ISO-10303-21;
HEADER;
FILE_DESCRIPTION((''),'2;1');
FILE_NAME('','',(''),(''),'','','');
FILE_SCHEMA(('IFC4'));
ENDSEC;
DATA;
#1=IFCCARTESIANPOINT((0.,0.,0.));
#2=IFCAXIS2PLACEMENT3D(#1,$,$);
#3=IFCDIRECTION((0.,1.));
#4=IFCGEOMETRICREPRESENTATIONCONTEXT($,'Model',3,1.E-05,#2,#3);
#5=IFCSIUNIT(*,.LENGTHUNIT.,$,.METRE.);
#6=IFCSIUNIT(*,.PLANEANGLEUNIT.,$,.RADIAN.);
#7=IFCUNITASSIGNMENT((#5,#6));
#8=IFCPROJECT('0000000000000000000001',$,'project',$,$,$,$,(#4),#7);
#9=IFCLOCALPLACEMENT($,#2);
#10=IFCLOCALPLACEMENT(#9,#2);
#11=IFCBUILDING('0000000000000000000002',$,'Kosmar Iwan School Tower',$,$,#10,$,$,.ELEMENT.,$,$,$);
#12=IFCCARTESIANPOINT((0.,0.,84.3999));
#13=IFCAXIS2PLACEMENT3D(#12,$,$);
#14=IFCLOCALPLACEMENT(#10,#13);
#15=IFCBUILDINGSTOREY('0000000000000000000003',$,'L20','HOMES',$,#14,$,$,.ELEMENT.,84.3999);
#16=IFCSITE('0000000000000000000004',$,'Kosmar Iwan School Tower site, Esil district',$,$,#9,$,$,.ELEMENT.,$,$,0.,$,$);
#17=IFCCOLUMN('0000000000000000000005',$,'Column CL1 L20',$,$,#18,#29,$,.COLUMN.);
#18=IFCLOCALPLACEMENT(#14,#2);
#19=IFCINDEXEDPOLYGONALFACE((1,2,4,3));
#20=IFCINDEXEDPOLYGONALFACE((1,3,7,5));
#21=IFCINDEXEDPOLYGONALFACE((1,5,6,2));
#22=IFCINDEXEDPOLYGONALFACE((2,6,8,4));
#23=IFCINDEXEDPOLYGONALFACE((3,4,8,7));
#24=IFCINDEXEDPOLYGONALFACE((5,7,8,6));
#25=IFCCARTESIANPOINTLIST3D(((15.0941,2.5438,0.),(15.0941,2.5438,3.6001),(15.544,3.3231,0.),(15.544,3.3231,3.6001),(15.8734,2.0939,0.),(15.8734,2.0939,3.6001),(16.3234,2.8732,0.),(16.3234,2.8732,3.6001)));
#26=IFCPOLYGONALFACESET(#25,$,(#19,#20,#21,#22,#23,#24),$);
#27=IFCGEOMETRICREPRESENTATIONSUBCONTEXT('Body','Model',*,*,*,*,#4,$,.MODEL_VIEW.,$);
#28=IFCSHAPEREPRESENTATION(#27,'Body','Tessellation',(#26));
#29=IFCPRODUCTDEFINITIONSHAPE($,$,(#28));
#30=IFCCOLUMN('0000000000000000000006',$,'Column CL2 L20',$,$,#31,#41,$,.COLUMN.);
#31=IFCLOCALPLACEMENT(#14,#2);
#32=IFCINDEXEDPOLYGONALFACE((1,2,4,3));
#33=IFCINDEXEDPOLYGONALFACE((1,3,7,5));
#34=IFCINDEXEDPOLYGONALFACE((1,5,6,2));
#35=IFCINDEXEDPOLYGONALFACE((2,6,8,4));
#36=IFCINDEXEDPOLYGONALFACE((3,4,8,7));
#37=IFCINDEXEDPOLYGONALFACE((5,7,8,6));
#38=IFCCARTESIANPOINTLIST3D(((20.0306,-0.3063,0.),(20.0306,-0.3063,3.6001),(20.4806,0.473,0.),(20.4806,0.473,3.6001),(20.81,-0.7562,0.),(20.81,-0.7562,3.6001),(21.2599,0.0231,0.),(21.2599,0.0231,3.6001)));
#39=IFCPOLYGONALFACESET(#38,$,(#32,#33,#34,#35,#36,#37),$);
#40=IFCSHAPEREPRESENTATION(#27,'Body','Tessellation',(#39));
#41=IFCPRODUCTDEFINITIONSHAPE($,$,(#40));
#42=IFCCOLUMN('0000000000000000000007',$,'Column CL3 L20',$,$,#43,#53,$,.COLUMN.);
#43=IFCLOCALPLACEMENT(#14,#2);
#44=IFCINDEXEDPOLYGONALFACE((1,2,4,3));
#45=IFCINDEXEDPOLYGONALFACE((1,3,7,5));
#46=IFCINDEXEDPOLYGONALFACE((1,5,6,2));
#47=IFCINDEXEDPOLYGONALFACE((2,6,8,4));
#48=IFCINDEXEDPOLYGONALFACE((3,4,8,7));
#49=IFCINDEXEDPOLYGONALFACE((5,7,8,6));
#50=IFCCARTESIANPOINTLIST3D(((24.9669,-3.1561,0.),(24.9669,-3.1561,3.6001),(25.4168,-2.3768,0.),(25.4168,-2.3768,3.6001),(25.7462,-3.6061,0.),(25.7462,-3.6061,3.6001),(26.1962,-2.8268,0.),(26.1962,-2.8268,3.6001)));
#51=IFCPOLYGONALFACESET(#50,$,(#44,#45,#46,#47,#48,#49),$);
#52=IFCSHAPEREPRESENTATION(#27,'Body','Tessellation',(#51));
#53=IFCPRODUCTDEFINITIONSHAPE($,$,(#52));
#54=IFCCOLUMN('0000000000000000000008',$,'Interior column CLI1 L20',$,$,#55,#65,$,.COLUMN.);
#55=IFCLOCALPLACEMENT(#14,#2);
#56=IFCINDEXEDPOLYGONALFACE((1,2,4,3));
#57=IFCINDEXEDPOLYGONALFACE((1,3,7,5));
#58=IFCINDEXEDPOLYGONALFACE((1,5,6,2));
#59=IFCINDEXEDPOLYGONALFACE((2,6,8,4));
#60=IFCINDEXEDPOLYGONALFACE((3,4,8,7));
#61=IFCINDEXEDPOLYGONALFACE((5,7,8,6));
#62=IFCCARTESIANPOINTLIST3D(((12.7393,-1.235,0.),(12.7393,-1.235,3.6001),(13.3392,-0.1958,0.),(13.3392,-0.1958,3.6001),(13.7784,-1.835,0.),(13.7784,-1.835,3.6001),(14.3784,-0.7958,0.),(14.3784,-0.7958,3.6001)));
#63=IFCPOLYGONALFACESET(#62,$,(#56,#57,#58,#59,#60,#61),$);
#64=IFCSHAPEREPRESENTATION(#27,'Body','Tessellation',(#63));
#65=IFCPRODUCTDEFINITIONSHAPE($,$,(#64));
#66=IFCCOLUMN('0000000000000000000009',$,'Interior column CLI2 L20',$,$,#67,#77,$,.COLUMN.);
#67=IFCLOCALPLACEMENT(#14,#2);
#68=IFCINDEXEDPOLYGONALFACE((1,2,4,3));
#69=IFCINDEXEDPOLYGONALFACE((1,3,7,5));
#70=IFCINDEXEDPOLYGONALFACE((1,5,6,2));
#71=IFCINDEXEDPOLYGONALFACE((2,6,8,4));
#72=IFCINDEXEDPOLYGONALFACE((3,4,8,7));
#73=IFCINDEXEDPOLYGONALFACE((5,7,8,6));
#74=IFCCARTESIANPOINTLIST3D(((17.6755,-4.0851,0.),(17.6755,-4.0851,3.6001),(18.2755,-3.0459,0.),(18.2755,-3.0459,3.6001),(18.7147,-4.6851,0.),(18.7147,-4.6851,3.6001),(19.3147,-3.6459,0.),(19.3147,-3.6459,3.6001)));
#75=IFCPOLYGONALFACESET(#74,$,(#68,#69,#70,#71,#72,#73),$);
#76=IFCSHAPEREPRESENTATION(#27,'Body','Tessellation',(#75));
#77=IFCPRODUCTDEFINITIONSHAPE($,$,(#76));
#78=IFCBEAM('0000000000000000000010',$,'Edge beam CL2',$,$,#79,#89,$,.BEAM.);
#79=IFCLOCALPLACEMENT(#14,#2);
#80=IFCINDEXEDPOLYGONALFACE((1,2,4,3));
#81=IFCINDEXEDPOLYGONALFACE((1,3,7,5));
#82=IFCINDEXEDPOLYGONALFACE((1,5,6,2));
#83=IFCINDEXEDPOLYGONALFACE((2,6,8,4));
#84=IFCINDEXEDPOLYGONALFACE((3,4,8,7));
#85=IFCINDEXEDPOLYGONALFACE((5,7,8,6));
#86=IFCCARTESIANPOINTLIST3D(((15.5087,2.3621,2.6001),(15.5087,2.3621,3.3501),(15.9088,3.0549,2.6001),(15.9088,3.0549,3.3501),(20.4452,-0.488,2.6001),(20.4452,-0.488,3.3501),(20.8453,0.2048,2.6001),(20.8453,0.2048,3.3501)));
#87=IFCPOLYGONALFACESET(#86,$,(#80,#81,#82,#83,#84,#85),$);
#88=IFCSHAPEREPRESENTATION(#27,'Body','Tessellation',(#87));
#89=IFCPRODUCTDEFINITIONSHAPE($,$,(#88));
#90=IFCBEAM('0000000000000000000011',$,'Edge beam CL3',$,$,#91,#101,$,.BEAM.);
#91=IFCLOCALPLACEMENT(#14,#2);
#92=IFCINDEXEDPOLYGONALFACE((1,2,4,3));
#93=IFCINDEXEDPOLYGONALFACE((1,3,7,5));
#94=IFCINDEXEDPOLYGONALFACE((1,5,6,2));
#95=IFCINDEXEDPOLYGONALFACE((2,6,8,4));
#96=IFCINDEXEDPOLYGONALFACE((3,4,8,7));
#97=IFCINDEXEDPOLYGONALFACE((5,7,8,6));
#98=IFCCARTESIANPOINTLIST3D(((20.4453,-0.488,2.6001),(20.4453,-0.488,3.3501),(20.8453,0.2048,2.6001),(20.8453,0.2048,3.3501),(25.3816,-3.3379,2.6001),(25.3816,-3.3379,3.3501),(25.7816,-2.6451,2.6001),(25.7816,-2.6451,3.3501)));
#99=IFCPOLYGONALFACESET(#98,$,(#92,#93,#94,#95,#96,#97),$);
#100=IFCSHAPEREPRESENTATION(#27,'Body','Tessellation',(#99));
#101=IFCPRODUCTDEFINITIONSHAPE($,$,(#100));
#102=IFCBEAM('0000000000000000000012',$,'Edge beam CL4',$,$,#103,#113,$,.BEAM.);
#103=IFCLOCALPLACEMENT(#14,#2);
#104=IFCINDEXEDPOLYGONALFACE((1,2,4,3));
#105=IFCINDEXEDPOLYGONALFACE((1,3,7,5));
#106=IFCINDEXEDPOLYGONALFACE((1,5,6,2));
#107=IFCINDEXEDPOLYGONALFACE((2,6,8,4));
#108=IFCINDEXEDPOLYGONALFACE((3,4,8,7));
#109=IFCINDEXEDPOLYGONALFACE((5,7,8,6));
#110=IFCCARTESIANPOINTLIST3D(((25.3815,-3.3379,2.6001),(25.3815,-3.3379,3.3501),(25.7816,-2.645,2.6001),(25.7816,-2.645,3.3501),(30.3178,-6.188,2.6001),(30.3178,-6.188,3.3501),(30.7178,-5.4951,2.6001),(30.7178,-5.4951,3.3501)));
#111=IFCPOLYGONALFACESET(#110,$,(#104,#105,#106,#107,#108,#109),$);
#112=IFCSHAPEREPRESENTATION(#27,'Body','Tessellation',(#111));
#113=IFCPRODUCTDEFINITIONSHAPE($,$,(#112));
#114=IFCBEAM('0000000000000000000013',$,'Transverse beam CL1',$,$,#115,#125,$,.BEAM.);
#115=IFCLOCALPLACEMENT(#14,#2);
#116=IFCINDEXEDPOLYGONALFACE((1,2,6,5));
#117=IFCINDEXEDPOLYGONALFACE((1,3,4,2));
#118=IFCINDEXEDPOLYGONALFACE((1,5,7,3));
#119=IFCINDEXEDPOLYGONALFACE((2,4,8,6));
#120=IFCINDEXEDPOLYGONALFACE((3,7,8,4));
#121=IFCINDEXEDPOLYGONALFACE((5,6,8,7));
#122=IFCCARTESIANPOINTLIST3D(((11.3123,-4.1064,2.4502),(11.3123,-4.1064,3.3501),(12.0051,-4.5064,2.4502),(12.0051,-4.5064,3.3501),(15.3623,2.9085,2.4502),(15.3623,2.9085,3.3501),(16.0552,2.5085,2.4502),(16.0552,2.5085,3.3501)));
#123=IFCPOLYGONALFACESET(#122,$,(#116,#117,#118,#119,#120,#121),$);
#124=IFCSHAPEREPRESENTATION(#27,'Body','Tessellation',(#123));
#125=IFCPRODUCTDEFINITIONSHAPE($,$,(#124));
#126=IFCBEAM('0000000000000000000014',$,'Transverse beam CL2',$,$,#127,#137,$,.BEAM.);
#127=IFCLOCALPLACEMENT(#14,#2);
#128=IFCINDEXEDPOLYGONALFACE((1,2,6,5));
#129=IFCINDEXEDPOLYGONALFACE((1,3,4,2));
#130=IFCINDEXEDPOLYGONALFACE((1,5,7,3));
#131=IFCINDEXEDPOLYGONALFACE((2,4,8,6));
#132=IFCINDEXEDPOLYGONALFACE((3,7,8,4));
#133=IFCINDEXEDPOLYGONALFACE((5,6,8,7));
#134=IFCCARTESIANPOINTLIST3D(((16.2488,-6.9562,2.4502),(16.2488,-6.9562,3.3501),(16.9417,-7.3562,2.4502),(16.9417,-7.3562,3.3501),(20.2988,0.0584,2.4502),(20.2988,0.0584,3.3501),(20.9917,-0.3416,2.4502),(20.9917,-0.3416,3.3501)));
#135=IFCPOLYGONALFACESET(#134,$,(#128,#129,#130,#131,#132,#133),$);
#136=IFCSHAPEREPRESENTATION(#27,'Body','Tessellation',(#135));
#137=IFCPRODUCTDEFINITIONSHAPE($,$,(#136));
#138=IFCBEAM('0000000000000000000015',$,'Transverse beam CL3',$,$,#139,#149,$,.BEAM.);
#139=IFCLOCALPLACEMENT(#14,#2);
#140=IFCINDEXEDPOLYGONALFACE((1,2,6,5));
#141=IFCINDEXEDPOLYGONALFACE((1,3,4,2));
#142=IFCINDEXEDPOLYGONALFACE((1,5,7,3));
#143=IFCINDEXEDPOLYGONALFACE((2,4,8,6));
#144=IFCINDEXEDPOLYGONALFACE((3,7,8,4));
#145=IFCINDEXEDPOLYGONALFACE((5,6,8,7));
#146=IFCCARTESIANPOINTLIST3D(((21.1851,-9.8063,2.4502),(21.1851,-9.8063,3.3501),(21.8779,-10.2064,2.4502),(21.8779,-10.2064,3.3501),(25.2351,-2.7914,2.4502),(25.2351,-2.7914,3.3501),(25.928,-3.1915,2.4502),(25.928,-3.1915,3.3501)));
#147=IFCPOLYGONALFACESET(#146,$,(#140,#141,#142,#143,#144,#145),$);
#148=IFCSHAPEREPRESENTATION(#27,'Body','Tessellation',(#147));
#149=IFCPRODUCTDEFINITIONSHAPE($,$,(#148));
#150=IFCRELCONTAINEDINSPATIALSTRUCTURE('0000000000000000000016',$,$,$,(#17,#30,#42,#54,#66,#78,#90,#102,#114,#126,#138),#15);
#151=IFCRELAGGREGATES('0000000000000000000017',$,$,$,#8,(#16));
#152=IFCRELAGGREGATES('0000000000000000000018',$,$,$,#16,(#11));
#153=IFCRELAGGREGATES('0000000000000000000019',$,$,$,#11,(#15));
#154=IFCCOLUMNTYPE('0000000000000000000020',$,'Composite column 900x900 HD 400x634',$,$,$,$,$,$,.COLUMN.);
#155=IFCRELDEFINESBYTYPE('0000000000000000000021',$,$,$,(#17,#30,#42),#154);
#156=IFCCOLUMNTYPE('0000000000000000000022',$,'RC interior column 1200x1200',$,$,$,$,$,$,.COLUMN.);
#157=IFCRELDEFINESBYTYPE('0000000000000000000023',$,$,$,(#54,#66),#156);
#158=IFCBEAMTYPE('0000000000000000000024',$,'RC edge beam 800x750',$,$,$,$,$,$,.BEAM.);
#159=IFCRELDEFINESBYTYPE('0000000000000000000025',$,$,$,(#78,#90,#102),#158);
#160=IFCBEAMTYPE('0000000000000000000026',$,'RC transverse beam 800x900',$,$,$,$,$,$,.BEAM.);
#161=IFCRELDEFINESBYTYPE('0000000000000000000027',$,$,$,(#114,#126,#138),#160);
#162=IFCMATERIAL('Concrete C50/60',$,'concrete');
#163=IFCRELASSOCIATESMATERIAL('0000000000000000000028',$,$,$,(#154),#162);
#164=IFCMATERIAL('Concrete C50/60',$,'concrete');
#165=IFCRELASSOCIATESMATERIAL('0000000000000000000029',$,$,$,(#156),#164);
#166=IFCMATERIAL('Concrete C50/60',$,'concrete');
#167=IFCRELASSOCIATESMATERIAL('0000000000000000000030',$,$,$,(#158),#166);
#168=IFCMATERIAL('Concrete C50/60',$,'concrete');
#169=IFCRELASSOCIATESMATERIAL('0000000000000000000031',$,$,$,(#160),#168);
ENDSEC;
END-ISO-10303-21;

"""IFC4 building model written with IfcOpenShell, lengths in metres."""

from ifc_helpers import new_model, si_unit, direction, frame, origin, origin_2d, place, context, subcontext, project, spatial, rectangle, extrude, material, material_profile, profile_set, type_object, element, save


model = new_model("IFC4")

# Units and contexts
model_context = context("Model", 3, precision=1e-05, world=origin(), true_north=direction((0.0, 1.0)))
body_context = subcontext(model_context, "Body", "Model", "MODEL_VIEW")
ifc_project = project(units=[si_unit("LENGTHUNIT", "METRE"), si_unit("PLANEANGLEUNIT", "RADIAN")], contexts=[model_context])

# Site, building, storey
site_placement = place(None, origin())
site = spatial("IfcSite", under=ifc_project, at=site_placement, Name="Kosmar Iwan School Tower site, Esil district", CompositionType="ELEMENT", RefElevation=0.0)
building_placement = place(site_placement, origin())
building = spatial("IfcBuilding", under=site, at=building_placement, Name="Kosmar Iwan School Tower", CompositionType="ELEMENT")
storey_placement = place(building_placement, frame((0.0, 0.0, 84.3999)))
storey = spatial("IfcBuildingStorey", under=building, at=storey_placement, Name="L20", Description="HOMES", CompositionType="ELEMENT", Elevation=84.3999)

# Columns
ifc_material_1 = material(Name="Concrete C50/60", Category="concrete")
ifc_material_profile_1 = material_profile(ifc_material_1, rectangle(XDim=0.8999, YDim=0.8999, at=origin_2d()), Name="RC 900x900 + HD 400x634")
ifc_profile_set_1 = profile_set([ifc_material_profile_1], Name="Concrete C50/60")
column_type_1 = type_object("IfcColumnType", Name="Composite column 900x900 HD 400x634", PredefinedType="COLUMN", material=ifc_profile_set_1)
for number, where, z_axis, x_axis, name in (
    (1, (15.7087, 2.7085, 0.0), (0.0, 0.0, 1.0), (0.866025, -0.5, 0.0), "Column CL1 L20"),
    (2, (20.6453, -0.1416, 0.0), (0.0, 0.0, 1.0), (0.866025, -0.5, 0.0), "Column CL2 L20"),
    (3, (25.5815, -2.9915, 0.0), (0.0, 0.0, 1.0), (0.866025, -0.5, 0.0), "Column CL3 L20"),
):
    element("IfcColumn", number, at=place(storey_placement, frame(where, z_axis=z_axis, x_axis=x_axis)), inside=storey, type_object=column_type_1, Name=name, PredefinedType="COLUMN", context=body_context, shape_type="SweptSolid", body=[
        extrude(rectangle(XDim=0.8999, YDim=0.8999, at=origin_2d()), origin(), (0.0, 0.0, 1.0), 3.6001),
    ])
ifc_material_2 = material(Name="Concrete C50/60", Category="concrete")
ifc_material_profile_2 = material_profile(ifc_material_2, rectangle(XDim=1.2, YDim=1.2, at=origin_2d()), Name="RC 1200x1200")
ifc_profile_set_2 = profile_set([ifc_material_profile_2], Name="Concrete C50/60")
column_type_2 = type_object("IfcColumnType", Name="RC interior column 1200x1200", PredefinedType="COLUMN", material=ifc_profile_set_2)
for number, where, z_axis, x_axis, name in (
    (4, (13.5588, -1.0154, 0.0), (0.0, 0.0, 1.0), (0.866025, -0.5, 0.0), "Interior column CLI1 L20"),
    (5, (18.4951, -3.8655, 0.0), (0.0, 0.0, 1.0), (0.866025, -0.5, 0.0), "Interior column CLI2 L20"),
):
    element("IfcColumn", number, at=place(storey_placement, frame(where, z_axis=z_axis, x_axis=x_axis)), inside=storey, type_object=column_type_2, Name=name, PredefinedType="COLUMN", context=body_context, shape_type="SweptSolid", body=[
        extrude(rectangle(XDim=1.2, YDim=1.2, at=origin_2d()), origin(), (0.0, 0.0, 1.0), 3.6001),
    ])

# Beams
ifc_material_3 = material(Name="Concrete C50/60", Category="concrete")
ifc_material_profile_3 = material_profile(ifc_material_3, rectangle(XDim=0.8, YDim=0.75, at=origin_2d()), Name="RC 800x750")
ifc_profile_set_3 = profile_set([ifc_material_profile_3], Name="Concrete C50/60")
beam_type_1 = type_object("IfcBeamType", Name="RC edge beam 800x750", PredefinedType="BEAM", material=ifc_profile_set_3)
beam_1_placement = place(storey_placement, frame((15.7087, 2.7085, 2.9751), z_axis=(0.866026, -0.499999, 0.0), x_axis=(0.499999, 0.866026, 0.0)))
element("IfcBeam", 6, at=beam_1_placement, inside=storey, type_object=beam_type_1, Name="Edge beam CL2", PredefinedType="BEAM", context=body_context, shape_type="SweptSolid", body=[
    extrude(rectangle(XDim=0.8, YDim=0.75, at=origin_2d()), origin(), (0.0, 0.0, 1.0), 5.7002),
])
for number, where, z_axis, x_axis, name in (
    (7, (20.6453, -0.1416, 2.9751), (0.866034, -0.499986, 0.0), (0.499986, 0.866034, 0.0), "Edge beam CL3"),
    (8, (25.5815, -2.9915, 2.9751), (0.866015, -0.500018, 0.0), (0.500018, 0.866015, 0.0), "Edge beam CL4"),
):
    element("IfcBeam", number, at=place(storey_placement, frame(where, z_axis=z_axis, x_axis=x_axis)), inside=storey, type_object=beam_type_1, Name=name, PredefinedType="BEAM", context=body_context, shape_type="SweptSolid", body=[
        extrude(rectangle(XDim=0.8, YDim=0.75, at=origin_2d()), origin(), (0.0, 0.0, 1.0), 5.7),
    ])
ifc_material_4 = material(Name="Concrete C50/60", Category="concrete")
ifc_material_profile_4 = material_profile(ifc_material_4, rectangle(XDim=0.8, YDim=0.8999, at=origin_2d()), Name="RC 800x900")
ifc_profile_set_4 = profile_set([ifc_material_profile_4], Name="Concrete C50/60")
beam_type_2 = type_object("IfcBeamType", Name="RC transverse beam 800x900", PredefinedType="BEAM", material=ifc_profile_set_4)
beam_2_placement = place(storey_placement, frame((15.7087, 2.7085, 2.9001), z_axis=(-0.5, -0.866025, 0.0), x_axis=(0.866025, -0.5, 0.0)))
element("IfcBeam", 9, at=beam_2_placement, inside=storey, type_object=beam_type_2, Name="Transverse beam CL1", PredefinedType="BEAM", context=body_context, shape_type="SweptSolid", body=[
    extrude(rectangle(XDim=0.8, YDim=0.8999, at=origin_2d()), origin(), (0.0, 0.0, 1.0), 8.1001),
])
beam_3_placement = place(storey_placement, frame((20.6453, -0.1416, 2.9001), z_axis=(-0.500013, -0.866018, 0.0), x_axis=(0.866018, -0.500013, 0.0)))
element("IfcBeam", 10, at=beam_3_placement, inside=storey, type_object=beam_type_2, Name="Transverse beam CL2", PredefinedType="BEAM", context=body_context, shape_type="SweptSolid", body=[
    extrude(rectangle(XDim=0.8, YDim=0.8999, at=origin_2d()), origin(), (0.0, 0.0, 1.0), 8.0999),
])
beam_4_placement = place(storey_placement, frame((25.5815, -2.9915, 2.9001), z_axis=(-0.5, -0.866025, 0.0), x_axis=(0.866025, -0.5, 0.0)))
element("IfcBeam", 11, at=beam_4_placement, inside=storey, type_object=beam_type_2, Name="Transverse beam CL3", PredefinedType="BEAM", context=body_context, shape_type="SweptSolid", body=[
    extrude(rectangle(XDim=0.8, YDim=0.8999, at=origin_2d()), origin(), (0.0, 0.0, 1.0), 8.1001),
])

save(model, "model.ifc")
